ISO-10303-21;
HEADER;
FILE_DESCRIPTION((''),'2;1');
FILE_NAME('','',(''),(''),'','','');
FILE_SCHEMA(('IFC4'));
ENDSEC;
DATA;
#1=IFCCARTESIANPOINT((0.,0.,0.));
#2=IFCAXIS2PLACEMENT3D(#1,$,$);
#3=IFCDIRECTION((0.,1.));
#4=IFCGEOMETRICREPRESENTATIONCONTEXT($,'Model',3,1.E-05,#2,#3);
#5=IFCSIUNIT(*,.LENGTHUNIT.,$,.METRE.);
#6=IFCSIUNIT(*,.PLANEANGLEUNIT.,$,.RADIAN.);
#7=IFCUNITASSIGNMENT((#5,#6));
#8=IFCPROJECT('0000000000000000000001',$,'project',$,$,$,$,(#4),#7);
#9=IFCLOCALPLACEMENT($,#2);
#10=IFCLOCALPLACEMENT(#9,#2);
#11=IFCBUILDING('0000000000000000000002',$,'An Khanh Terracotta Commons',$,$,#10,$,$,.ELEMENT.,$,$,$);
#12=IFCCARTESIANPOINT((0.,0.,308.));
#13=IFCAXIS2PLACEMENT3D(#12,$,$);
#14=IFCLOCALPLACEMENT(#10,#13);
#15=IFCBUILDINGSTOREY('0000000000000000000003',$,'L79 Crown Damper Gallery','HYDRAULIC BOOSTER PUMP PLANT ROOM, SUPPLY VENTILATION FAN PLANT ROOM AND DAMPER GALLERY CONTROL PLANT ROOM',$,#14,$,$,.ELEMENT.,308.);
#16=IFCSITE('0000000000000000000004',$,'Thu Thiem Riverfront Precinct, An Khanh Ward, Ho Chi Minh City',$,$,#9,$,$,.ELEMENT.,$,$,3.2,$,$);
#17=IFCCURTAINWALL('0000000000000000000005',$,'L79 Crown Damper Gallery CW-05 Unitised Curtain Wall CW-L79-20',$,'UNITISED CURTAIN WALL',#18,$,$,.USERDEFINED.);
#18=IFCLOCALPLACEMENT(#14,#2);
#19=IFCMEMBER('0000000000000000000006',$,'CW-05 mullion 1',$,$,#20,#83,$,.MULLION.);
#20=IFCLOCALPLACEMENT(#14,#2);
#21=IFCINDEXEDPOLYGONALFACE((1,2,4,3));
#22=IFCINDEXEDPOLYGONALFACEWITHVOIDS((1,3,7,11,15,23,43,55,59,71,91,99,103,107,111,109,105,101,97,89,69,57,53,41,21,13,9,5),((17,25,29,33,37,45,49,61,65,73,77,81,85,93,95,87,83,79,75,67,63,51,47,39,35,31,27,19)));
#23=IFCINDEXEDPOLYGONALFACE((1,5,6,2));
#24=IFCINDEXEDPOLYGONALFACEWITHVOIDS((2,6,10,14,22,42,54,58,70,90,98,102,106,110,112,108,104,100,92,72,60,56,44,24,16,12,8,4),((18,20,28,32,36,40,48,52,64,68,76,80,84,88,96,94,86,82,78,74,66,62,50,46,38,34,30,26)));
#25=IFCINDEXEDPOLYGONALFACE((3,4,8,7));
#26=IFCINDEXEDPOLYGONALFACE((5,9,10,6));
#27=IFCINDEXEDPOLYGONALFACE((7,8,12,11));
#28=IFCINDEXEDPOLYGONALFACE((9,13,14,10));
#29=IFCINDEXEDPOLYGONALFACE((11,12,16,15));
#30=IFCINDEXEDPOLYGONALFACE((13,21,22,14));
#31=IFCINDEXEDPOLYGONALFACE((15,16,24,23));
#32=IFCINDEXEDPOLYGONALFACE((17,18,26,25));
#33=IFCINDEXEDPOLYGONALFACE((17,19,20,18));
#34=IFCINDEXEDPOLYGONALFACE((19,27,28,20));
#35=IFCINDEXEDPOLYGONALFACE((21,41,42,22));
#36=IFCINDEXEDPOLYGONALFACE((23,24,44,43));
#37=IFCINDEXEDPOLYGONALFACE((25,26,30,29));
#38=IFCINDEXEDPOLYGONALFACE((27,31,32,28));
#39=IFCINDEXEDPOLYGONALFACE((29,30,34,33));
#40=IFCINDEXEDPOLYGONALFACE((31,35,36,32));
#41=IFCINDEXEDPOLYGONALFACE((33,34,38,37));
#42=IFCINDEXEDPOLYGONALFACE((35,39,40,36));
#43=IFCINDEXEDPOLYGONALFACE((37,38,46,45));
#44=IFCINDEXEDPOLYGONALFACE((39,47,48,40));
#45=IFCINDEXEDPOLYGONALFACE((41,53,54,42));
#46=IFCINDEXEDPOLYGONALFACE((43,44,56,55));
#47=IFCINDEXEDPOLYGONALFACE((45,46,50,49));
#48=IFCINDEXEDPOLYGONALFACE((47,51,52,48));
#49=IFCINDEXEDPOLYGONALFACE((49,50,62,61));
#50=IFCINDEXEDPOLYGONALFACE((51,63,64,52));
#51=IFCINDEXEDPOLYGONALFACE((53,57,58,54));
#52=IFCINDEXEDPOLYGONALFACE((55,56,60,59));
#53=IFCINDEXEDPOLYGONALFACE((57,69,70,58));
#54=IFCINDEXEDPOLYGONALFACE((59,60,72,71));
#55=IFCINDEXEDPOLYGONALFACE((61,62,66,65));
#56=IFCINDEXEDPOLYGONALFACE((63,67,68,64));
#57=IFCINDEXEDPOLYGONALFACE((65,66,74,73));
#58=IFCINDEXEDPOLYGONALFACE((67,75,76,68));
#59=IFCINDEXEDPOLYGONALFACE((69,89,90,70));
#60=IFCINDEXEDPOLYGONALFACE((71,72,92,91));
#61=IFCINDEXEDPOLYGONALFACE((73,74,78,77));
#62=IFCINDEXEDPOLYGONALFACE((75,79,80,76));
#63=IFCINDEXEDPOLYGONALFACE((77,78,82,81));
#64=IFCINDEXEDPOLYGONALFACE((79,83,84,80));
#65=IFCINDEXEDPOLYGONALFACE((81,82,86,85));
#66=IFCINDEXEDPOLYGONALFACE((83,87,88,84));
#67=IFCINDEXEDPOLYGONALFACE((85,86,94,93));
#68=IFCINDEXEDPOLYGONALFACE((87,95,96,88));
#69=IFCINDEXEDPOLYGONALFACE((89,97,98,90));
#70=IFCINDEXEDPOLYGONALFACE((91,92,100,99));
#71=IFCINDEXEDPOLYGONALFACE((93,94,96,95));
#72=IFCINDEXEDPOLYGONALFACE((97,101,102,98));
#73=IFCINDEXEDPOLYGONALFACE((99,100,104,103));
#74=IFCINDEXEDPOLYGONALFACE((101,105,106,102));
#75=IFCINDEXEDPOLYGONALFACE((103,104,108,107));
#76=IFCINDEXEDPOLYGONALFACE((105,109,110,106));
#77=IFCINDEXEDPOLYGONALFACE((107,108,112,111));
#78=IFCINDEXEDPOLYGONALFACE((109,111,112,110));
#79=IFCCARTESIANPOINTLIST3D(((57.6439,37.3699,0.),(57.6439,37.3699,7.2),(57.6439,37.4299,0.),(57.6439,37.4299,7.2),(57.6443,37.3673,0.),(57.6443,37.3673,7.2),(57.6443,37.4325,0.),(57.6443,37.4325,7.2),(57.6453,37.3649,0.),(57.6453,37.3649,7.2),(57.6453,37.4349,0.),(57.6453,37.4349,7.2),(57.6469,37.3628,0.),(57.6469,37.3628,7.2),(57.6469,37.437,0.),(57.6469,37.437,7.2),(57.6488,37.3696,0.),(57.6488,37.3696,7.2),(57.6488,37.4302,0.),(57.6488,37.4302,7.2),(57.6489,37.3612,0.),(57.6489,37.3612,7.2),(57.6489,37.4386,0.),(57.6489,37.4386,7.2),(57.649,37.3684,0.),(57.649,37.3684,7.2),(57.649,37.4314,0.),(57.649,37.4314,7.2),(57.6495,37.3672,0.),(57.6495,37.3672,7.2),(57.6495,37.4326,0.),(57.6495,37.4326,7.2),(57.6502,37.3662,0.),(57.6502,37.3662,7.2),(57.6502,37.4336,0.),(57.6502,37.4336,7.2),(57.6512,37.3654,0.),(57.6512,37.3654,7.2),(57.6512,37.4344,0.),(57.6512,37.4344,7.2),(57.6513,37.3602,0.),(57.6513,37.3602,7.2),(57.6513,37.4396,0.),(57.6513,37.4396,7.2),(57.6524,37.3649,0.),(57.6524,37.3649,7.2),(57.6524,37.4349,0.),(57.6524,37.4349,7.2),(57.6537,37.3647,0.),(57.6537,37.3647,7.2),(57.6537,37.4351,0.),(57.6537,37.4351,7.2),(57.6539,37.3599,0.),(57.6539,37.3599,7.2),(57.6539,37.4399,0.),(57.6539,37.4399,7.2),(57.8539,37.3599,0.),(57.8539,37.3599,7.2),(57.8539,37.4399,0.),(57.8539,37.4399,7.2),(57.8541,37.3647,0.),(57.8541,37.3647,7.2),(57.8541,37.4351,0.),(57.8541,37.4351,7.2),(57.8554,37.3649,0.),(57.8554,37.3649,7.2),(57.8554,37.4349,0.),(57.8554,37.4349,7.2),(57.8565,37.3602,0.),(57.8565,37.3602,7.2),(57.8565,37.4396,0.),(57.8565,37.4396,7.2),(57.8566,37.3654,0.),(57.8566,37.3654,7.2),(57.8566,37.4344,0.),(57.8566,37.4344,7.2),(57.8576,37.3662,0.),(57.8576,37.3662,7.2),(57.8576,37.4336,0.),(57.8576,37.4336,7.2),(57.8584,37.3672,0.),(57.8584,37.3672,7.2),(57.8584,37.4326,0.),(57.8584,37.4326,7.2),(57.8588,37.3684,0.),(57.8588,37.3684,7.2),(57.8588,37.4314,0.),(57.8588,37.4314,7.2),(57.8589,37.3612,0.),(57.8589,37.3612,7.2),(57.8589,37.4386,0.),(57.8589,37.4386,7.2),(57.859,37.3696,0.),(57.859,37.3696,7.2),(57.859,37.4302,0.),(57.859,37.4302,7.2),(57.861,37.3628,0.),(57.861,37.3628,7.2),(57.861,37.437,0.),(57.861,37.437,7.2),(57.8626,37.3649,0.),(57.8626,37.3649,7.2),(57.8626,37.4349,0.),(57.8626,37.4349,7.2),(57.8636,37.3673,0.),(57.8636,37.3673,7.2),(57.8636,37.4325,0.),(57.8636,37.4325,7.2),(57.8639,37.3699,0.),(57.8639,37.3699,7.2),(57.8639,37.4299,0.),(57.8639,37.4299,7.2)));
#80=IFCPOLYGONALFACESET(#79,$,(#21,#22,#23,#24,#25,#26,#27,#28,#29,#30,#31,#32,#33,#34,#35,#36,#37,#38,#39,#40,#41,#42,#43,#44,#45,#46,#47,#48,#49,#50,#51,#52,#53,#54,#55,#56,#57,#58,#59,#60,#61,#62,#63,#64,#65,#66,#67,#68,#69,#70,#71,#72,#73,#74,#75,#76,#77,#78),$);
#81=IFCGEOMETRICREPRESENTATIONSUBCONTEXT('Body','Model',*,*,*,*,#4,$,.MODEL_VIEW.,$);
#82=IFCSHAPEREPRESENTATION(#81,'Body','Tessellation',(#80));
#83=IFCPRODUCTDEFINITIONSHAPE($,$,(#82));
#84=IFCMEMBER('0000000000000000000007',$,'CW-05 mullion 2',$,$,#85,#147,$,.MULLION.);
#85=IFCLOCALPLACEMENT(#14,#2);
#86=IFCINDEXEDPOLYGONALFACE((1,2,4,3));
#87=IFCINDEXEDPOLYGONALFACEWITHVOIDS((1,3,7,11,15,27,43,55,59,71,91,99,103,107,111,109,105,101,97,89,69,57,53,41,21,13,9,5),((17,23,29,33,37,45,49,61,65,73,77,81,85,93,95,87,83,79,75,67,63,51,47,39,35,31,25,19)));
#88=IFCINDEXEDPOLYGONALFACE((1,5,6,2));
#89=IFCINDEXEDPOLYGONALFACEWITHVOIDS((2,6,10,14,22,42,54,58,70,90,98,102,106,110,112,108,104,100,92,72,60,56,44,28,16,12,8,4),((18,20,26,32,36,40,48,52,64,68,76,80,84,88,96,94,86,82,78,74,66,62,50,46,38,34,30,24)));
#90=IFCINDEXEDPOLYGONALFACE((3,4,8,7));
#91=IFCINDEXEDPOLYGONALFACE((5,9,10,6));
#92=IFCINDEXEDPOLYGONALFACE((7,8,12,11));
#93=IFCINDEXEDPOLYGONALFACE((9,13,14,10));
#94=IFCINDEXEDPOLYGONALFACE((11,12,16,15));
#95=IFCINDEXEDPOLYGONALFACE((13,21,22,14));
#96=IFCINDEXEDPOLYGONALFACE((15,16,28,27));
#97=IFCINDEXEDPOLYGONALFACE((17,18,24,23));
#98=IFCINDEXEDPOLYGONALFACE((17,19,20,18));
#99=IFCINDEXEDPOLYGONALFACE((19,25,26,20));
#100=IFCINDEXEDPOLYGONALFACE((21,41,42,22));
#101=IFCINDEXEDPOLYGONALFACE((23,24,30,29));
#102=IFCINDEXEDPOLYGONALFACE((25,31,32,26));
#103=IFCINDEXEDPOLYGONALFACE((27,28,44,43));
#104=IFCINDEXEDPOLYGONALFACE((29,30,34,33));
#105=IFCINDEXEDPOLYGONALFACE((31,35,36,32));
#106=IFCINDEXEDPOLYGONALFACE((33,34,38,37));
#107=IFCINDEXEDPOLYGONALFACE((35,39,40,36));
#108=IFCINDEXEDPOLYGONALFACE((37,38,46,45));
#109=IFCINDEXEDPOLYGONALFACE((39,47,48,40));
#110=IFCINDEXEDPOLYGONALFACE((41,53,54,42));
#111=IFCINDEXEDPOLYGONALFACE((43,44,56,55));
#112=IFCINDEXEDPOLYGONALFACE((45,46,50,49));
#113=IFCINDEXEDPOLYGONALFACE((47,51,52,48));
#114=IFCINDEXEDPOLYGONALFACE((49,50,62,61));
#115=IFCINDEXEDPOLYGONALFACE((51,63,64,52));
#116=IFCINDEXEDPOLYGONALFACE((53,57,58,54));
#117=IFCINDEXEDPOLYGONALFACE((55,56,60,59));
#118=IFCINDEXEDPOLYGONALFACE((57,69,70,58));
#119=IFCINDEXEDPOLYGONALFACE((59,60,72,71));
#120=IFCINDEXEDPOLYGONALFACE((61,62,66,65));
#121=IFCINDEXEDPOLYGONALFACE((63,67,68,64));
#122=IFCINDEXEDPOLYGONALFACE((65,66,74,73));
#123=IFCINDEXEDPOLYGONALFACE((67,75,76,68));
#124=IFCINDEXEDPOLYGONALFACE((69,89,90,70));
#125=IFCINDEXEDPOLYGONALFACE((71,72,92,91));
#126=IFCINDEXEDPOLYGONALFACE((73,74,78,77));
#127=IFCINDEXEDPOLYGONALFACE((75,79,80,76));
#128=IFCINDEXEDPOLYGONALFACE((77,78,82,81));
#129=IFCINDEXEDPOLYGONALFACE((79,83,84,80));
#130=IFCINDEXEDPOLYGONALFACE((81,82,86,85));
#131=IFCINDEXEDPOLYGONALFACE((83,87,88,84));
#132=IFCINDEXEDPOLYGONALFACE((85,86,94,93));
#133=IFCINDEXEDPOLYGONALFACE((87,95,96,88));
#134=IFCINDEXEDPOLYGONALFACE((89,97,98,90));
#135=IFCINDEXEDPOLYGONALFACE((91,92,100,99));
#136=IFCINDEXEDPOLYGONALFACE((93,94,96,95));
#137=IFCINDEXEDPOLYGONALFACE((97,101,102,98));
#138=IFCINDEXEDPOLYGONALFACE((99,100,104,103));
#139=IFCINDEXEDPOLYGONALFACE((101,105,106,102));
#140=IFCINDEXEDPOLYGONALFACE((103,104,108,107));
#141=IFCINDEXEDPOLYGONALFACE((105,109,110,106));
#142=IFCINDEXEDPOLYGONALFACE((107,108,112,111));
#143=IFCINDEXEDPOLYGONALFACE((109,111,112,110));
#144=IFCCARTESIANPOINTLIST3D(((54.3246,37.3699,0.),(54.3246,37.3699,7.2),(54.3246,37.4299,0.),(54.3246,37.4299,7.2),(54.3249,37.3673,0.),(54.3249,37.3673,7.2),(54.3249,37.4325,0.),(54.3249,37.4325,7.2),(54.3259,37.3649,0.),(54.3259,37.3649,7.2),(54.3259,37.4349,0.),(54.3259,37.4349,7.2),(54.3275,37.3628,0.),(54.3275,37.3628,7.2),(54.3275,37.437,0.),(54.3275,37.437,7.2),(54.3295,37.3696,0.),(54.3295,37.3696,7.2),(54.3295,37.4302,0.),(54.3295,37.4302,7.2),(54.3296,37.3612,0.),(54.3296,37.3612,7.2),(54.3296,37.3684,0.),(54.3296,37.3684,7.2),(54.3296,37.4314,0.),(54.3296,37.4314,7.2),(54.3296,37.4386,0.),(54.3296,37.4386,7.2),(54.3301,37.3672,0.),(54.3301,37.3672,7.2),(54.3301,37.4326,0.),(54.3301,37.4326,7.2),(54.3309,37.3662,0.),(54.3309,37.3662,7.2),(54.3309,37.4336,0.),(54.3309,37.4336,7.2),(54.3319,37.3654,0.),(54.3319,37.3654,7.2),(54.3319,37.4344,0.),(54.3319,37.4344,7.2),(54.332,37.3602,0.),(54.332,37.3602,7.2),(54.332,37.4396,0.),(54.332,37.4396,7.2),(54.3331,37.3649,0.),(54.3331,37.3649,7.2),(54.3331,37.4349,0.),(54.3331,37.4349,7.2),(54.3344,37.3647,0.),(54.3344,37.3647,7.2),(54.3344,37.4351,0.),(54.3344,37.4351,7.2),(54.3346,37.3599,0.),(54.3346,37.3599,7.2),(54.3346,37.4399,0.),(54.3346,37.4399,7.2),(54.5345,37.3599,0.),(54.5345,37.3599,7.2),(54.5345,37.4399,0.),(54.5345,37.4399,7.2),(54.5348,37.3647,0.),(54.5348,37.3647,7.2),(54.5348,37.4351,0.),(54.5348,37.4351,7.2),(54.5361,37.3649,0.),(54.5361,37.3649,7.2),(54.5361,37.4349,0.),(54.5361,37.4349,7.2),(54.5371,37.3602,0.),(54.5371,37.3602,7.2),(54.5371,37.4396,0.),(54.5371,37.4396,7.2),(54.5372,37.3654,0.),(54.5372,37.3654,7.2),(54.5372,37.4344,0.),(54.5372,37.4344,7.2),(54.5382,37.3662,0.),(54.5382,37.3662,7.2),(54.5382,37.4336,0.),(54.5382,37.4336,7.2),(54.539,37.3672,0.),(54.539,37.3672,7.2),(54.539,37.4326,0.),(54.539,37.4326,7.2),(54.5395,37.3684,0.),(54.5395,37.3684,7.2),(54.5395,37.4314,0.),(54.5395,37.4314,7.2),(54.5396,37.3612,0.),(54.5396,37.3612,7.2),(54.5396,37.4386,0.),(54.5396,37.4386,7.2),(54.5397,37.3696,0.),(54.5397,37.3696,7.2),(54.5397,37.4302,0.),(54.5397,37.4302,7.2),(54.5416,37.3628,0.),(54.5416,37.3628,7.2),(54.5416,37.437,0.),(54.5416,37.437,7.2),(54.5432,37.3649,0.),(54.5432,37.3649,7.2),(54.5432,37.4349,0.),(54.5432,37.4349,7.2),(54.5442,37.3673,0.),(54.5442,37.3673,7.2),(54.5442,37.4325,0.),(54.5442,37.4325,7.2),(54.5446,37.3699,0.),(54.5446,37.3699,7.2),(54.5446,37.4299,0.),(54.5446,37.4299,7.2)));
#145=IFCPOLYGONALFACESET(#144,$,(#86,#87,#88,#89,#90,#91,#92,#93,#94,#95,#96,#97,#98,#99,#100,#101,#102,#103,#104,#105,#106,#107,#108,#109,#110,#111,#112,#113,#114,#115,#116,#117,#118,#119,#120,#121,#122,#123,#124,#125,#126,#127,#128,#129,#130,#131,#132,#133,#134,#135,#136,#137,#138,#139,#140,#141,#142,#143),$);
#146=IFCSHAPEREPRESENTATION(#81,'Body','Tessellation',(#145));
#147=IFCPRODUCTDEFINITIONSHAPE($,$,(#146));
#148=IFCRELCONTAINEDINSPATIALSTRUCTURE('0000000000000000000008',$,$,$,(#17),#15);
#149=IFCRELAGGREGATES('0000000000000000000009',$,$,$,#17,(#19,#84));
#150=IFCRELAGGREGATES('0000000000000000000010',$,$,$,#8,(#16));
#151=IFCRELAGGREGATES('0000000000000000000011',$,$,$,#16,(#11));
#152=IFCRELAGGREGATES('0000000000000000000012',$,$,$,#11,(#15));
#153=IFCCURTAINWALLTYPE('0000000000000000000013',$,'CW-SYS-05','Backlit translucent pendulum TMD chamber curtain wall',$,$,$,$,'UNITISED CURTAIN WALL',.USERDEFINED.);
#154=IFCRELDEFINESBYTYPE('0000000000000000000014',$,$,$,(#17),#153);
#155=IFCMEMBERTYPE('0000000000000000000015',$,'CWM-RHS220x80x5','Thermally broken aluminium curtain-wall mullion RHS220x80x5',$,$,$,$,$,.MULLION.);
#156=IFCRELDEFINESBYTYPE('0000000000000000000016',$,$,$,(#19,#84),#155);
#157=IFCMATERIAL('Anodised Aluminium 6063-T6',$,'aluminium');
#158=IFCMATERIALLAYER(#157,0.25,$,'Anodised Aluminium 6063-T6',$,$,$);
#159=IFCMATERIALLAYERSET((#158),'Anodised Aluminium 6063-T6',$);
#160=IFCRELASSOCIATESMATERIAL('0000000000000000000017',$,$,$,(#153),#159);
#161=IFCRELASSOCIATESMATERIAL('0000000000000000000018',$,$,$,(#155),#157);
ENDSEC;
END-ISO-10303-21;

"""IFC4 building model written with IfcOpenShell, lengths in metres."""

from ifc_helpers import new_model, si_unit, direction, frame, origin, origin_2d, place, context, subcontext, project, spatial, hollow_rectangle, extrude, material, layer, layer_set, material_profile, profile_set, type_object, element, aggregate, save


model = new_model("IFC4")

# Units and contexts
model_context = context("Model", 3, precision=1e-05, world=origin(), true_north=direction((0.0, 1.0)))
body_context = subcontext(model_context, "Body", "Model", "MODEL_VIEW")
ifc_project = project(units=[si_unit("LENGTHUNIT", "METRE"), si_unit("PLANEANGLEUNIT", "RADIAN")], contexts=[model_context])

# Site, building, storey
site_placement = place(None, origin())
site = spatial("IfcSite", under=ifc_project, at=site_placement, Name="Thu Thiem Riverfront Precinct, An Khanh Ward, Ho Chi Minh City", CompositionType="ELEMENT", RefElevation=3.2)
building_placement = place(site_placement, origin())
building = spatial("IfcBuilding", under=site, at=building_placement, Name="An Khanh Terracotta Commons", CompositionType="ELEMENT")
storey_placement = place(building_placement, frame((0.0, 0.0, 308.0)))
storey = spatial("IfcBuildingStorey", under=building, at=storey_placement, Name="L79 Crown Damper Gallery", Description="HYDRAULIC BOOSTER PUMP PLANT ROOM, SUPPLY VENTILATION FAN PLANT ROOM AND DAMPER GALLERY CONTROL PLANT ROOM", CompositionType="ELEMENT", Elevation=308.0)

# Curtain wall, members
ifc_material_1 = material(Name="Anodised Aluminium 6063-T6", Category="aluminium")
ifc_layer_1 = layer(ifc_material_1, 0.25, Name="Anodised Aluminium 6063-T6")
ifc_layer_set_1 = layer_set([ifc_layer_1], Name="Anodised Aluminium 6063-T6")
curtain_wall_type = type_object("IfcCurtainWallType", Name="CW-SYS-05", Description="Backlit translucent pendulum TMD chamber curtain wall", ElementType="UNITISED CURTAIN WALL", PredefinedType="USERDEFINED", material=ifc_layer_set_1)
curtain_wall_placement = place(storey_placement, origin())
curtain_wall = element("IfcCurtainWall", 1, at=curtain_wall_placement, inside=storey, type_object=curtain_wall_type, Name="L79 Crown Damper Gallery CW-05 Unitised Curtain Wall CW-L79-20", ObjectType="UNITISED CURTAIN WALL", PredefinedType="USERDEFINED")
ifc_material_profile_1 = material_profile(ifc_material_1, hollow_rectangle(XDim=0.0801, YDim=0.22, WallThickness=0.0049, InnerFilletRadius=0.0049, OuterFilletRadius=0.01, at=origin_2d()), Name="RHS220x80x5")
ifc_profile_set_1 = profile_set([ifc_material_profile_1], Name="Anodised Aluminium 6063-T6")
member_type_1 = type_object("IfcMemberType", Name="CWM-RHS220x80x5", Description="Thermally broken aluminium curtain-wall mullion RHS220x80x5", PredefinedType="MULLION", material=ifc_profile_set_1)
member_1_placement = place(storey_placement, frame((57.7539, 37.3999, 0.0), z_axis=(0.0, 0.0, 1.0), x_axis=(0.0, -1.0, 0.0)))
member_1 = element("IfcMember", 2, at=member_1_placement, type_object=member_type_1, Name="CW-05 mullion 1", PredefinedType="MULLION", context=body_context, shape_type="SweptSolid", body=[
    extrude(hollow_rectangle(XDim=0.0801, YDim=0.22, WallThickness=0.0049, InnerFilletRadius=0.0049, OuterFilletRadius=0.01, at=origin_2d()), origin(), (0.0, 0.0, 1.0), 7.2),
])
member_2_placement = place(storey_placement, frame((54.4346, 37.3999, 0.0), z_axis=(0.0, 0.0, 1.0), x_axis=(0.0, -1.0, 0.0)))
member_2 = element("IfcMember", 3, at=member_2_placement, type_object=member_type_1, Name="CW-05 mullion 2", PredefinedType="MULLION", context=body_context, shape_type="SweptSolid", body=[
    extrude(hollow_rectangle(XDim=0.0801, YDim=0.22, WallThickness=0.0049, InnerFilletRadius=0.0049, OuterFilletRadius=0.01, at=origin_2d()), origin(), (0.0, 0.0, 1.0), 7.2),
])
aggregate(curtain_wall, [member_1, member_2])

save(model, "model.ifc")
